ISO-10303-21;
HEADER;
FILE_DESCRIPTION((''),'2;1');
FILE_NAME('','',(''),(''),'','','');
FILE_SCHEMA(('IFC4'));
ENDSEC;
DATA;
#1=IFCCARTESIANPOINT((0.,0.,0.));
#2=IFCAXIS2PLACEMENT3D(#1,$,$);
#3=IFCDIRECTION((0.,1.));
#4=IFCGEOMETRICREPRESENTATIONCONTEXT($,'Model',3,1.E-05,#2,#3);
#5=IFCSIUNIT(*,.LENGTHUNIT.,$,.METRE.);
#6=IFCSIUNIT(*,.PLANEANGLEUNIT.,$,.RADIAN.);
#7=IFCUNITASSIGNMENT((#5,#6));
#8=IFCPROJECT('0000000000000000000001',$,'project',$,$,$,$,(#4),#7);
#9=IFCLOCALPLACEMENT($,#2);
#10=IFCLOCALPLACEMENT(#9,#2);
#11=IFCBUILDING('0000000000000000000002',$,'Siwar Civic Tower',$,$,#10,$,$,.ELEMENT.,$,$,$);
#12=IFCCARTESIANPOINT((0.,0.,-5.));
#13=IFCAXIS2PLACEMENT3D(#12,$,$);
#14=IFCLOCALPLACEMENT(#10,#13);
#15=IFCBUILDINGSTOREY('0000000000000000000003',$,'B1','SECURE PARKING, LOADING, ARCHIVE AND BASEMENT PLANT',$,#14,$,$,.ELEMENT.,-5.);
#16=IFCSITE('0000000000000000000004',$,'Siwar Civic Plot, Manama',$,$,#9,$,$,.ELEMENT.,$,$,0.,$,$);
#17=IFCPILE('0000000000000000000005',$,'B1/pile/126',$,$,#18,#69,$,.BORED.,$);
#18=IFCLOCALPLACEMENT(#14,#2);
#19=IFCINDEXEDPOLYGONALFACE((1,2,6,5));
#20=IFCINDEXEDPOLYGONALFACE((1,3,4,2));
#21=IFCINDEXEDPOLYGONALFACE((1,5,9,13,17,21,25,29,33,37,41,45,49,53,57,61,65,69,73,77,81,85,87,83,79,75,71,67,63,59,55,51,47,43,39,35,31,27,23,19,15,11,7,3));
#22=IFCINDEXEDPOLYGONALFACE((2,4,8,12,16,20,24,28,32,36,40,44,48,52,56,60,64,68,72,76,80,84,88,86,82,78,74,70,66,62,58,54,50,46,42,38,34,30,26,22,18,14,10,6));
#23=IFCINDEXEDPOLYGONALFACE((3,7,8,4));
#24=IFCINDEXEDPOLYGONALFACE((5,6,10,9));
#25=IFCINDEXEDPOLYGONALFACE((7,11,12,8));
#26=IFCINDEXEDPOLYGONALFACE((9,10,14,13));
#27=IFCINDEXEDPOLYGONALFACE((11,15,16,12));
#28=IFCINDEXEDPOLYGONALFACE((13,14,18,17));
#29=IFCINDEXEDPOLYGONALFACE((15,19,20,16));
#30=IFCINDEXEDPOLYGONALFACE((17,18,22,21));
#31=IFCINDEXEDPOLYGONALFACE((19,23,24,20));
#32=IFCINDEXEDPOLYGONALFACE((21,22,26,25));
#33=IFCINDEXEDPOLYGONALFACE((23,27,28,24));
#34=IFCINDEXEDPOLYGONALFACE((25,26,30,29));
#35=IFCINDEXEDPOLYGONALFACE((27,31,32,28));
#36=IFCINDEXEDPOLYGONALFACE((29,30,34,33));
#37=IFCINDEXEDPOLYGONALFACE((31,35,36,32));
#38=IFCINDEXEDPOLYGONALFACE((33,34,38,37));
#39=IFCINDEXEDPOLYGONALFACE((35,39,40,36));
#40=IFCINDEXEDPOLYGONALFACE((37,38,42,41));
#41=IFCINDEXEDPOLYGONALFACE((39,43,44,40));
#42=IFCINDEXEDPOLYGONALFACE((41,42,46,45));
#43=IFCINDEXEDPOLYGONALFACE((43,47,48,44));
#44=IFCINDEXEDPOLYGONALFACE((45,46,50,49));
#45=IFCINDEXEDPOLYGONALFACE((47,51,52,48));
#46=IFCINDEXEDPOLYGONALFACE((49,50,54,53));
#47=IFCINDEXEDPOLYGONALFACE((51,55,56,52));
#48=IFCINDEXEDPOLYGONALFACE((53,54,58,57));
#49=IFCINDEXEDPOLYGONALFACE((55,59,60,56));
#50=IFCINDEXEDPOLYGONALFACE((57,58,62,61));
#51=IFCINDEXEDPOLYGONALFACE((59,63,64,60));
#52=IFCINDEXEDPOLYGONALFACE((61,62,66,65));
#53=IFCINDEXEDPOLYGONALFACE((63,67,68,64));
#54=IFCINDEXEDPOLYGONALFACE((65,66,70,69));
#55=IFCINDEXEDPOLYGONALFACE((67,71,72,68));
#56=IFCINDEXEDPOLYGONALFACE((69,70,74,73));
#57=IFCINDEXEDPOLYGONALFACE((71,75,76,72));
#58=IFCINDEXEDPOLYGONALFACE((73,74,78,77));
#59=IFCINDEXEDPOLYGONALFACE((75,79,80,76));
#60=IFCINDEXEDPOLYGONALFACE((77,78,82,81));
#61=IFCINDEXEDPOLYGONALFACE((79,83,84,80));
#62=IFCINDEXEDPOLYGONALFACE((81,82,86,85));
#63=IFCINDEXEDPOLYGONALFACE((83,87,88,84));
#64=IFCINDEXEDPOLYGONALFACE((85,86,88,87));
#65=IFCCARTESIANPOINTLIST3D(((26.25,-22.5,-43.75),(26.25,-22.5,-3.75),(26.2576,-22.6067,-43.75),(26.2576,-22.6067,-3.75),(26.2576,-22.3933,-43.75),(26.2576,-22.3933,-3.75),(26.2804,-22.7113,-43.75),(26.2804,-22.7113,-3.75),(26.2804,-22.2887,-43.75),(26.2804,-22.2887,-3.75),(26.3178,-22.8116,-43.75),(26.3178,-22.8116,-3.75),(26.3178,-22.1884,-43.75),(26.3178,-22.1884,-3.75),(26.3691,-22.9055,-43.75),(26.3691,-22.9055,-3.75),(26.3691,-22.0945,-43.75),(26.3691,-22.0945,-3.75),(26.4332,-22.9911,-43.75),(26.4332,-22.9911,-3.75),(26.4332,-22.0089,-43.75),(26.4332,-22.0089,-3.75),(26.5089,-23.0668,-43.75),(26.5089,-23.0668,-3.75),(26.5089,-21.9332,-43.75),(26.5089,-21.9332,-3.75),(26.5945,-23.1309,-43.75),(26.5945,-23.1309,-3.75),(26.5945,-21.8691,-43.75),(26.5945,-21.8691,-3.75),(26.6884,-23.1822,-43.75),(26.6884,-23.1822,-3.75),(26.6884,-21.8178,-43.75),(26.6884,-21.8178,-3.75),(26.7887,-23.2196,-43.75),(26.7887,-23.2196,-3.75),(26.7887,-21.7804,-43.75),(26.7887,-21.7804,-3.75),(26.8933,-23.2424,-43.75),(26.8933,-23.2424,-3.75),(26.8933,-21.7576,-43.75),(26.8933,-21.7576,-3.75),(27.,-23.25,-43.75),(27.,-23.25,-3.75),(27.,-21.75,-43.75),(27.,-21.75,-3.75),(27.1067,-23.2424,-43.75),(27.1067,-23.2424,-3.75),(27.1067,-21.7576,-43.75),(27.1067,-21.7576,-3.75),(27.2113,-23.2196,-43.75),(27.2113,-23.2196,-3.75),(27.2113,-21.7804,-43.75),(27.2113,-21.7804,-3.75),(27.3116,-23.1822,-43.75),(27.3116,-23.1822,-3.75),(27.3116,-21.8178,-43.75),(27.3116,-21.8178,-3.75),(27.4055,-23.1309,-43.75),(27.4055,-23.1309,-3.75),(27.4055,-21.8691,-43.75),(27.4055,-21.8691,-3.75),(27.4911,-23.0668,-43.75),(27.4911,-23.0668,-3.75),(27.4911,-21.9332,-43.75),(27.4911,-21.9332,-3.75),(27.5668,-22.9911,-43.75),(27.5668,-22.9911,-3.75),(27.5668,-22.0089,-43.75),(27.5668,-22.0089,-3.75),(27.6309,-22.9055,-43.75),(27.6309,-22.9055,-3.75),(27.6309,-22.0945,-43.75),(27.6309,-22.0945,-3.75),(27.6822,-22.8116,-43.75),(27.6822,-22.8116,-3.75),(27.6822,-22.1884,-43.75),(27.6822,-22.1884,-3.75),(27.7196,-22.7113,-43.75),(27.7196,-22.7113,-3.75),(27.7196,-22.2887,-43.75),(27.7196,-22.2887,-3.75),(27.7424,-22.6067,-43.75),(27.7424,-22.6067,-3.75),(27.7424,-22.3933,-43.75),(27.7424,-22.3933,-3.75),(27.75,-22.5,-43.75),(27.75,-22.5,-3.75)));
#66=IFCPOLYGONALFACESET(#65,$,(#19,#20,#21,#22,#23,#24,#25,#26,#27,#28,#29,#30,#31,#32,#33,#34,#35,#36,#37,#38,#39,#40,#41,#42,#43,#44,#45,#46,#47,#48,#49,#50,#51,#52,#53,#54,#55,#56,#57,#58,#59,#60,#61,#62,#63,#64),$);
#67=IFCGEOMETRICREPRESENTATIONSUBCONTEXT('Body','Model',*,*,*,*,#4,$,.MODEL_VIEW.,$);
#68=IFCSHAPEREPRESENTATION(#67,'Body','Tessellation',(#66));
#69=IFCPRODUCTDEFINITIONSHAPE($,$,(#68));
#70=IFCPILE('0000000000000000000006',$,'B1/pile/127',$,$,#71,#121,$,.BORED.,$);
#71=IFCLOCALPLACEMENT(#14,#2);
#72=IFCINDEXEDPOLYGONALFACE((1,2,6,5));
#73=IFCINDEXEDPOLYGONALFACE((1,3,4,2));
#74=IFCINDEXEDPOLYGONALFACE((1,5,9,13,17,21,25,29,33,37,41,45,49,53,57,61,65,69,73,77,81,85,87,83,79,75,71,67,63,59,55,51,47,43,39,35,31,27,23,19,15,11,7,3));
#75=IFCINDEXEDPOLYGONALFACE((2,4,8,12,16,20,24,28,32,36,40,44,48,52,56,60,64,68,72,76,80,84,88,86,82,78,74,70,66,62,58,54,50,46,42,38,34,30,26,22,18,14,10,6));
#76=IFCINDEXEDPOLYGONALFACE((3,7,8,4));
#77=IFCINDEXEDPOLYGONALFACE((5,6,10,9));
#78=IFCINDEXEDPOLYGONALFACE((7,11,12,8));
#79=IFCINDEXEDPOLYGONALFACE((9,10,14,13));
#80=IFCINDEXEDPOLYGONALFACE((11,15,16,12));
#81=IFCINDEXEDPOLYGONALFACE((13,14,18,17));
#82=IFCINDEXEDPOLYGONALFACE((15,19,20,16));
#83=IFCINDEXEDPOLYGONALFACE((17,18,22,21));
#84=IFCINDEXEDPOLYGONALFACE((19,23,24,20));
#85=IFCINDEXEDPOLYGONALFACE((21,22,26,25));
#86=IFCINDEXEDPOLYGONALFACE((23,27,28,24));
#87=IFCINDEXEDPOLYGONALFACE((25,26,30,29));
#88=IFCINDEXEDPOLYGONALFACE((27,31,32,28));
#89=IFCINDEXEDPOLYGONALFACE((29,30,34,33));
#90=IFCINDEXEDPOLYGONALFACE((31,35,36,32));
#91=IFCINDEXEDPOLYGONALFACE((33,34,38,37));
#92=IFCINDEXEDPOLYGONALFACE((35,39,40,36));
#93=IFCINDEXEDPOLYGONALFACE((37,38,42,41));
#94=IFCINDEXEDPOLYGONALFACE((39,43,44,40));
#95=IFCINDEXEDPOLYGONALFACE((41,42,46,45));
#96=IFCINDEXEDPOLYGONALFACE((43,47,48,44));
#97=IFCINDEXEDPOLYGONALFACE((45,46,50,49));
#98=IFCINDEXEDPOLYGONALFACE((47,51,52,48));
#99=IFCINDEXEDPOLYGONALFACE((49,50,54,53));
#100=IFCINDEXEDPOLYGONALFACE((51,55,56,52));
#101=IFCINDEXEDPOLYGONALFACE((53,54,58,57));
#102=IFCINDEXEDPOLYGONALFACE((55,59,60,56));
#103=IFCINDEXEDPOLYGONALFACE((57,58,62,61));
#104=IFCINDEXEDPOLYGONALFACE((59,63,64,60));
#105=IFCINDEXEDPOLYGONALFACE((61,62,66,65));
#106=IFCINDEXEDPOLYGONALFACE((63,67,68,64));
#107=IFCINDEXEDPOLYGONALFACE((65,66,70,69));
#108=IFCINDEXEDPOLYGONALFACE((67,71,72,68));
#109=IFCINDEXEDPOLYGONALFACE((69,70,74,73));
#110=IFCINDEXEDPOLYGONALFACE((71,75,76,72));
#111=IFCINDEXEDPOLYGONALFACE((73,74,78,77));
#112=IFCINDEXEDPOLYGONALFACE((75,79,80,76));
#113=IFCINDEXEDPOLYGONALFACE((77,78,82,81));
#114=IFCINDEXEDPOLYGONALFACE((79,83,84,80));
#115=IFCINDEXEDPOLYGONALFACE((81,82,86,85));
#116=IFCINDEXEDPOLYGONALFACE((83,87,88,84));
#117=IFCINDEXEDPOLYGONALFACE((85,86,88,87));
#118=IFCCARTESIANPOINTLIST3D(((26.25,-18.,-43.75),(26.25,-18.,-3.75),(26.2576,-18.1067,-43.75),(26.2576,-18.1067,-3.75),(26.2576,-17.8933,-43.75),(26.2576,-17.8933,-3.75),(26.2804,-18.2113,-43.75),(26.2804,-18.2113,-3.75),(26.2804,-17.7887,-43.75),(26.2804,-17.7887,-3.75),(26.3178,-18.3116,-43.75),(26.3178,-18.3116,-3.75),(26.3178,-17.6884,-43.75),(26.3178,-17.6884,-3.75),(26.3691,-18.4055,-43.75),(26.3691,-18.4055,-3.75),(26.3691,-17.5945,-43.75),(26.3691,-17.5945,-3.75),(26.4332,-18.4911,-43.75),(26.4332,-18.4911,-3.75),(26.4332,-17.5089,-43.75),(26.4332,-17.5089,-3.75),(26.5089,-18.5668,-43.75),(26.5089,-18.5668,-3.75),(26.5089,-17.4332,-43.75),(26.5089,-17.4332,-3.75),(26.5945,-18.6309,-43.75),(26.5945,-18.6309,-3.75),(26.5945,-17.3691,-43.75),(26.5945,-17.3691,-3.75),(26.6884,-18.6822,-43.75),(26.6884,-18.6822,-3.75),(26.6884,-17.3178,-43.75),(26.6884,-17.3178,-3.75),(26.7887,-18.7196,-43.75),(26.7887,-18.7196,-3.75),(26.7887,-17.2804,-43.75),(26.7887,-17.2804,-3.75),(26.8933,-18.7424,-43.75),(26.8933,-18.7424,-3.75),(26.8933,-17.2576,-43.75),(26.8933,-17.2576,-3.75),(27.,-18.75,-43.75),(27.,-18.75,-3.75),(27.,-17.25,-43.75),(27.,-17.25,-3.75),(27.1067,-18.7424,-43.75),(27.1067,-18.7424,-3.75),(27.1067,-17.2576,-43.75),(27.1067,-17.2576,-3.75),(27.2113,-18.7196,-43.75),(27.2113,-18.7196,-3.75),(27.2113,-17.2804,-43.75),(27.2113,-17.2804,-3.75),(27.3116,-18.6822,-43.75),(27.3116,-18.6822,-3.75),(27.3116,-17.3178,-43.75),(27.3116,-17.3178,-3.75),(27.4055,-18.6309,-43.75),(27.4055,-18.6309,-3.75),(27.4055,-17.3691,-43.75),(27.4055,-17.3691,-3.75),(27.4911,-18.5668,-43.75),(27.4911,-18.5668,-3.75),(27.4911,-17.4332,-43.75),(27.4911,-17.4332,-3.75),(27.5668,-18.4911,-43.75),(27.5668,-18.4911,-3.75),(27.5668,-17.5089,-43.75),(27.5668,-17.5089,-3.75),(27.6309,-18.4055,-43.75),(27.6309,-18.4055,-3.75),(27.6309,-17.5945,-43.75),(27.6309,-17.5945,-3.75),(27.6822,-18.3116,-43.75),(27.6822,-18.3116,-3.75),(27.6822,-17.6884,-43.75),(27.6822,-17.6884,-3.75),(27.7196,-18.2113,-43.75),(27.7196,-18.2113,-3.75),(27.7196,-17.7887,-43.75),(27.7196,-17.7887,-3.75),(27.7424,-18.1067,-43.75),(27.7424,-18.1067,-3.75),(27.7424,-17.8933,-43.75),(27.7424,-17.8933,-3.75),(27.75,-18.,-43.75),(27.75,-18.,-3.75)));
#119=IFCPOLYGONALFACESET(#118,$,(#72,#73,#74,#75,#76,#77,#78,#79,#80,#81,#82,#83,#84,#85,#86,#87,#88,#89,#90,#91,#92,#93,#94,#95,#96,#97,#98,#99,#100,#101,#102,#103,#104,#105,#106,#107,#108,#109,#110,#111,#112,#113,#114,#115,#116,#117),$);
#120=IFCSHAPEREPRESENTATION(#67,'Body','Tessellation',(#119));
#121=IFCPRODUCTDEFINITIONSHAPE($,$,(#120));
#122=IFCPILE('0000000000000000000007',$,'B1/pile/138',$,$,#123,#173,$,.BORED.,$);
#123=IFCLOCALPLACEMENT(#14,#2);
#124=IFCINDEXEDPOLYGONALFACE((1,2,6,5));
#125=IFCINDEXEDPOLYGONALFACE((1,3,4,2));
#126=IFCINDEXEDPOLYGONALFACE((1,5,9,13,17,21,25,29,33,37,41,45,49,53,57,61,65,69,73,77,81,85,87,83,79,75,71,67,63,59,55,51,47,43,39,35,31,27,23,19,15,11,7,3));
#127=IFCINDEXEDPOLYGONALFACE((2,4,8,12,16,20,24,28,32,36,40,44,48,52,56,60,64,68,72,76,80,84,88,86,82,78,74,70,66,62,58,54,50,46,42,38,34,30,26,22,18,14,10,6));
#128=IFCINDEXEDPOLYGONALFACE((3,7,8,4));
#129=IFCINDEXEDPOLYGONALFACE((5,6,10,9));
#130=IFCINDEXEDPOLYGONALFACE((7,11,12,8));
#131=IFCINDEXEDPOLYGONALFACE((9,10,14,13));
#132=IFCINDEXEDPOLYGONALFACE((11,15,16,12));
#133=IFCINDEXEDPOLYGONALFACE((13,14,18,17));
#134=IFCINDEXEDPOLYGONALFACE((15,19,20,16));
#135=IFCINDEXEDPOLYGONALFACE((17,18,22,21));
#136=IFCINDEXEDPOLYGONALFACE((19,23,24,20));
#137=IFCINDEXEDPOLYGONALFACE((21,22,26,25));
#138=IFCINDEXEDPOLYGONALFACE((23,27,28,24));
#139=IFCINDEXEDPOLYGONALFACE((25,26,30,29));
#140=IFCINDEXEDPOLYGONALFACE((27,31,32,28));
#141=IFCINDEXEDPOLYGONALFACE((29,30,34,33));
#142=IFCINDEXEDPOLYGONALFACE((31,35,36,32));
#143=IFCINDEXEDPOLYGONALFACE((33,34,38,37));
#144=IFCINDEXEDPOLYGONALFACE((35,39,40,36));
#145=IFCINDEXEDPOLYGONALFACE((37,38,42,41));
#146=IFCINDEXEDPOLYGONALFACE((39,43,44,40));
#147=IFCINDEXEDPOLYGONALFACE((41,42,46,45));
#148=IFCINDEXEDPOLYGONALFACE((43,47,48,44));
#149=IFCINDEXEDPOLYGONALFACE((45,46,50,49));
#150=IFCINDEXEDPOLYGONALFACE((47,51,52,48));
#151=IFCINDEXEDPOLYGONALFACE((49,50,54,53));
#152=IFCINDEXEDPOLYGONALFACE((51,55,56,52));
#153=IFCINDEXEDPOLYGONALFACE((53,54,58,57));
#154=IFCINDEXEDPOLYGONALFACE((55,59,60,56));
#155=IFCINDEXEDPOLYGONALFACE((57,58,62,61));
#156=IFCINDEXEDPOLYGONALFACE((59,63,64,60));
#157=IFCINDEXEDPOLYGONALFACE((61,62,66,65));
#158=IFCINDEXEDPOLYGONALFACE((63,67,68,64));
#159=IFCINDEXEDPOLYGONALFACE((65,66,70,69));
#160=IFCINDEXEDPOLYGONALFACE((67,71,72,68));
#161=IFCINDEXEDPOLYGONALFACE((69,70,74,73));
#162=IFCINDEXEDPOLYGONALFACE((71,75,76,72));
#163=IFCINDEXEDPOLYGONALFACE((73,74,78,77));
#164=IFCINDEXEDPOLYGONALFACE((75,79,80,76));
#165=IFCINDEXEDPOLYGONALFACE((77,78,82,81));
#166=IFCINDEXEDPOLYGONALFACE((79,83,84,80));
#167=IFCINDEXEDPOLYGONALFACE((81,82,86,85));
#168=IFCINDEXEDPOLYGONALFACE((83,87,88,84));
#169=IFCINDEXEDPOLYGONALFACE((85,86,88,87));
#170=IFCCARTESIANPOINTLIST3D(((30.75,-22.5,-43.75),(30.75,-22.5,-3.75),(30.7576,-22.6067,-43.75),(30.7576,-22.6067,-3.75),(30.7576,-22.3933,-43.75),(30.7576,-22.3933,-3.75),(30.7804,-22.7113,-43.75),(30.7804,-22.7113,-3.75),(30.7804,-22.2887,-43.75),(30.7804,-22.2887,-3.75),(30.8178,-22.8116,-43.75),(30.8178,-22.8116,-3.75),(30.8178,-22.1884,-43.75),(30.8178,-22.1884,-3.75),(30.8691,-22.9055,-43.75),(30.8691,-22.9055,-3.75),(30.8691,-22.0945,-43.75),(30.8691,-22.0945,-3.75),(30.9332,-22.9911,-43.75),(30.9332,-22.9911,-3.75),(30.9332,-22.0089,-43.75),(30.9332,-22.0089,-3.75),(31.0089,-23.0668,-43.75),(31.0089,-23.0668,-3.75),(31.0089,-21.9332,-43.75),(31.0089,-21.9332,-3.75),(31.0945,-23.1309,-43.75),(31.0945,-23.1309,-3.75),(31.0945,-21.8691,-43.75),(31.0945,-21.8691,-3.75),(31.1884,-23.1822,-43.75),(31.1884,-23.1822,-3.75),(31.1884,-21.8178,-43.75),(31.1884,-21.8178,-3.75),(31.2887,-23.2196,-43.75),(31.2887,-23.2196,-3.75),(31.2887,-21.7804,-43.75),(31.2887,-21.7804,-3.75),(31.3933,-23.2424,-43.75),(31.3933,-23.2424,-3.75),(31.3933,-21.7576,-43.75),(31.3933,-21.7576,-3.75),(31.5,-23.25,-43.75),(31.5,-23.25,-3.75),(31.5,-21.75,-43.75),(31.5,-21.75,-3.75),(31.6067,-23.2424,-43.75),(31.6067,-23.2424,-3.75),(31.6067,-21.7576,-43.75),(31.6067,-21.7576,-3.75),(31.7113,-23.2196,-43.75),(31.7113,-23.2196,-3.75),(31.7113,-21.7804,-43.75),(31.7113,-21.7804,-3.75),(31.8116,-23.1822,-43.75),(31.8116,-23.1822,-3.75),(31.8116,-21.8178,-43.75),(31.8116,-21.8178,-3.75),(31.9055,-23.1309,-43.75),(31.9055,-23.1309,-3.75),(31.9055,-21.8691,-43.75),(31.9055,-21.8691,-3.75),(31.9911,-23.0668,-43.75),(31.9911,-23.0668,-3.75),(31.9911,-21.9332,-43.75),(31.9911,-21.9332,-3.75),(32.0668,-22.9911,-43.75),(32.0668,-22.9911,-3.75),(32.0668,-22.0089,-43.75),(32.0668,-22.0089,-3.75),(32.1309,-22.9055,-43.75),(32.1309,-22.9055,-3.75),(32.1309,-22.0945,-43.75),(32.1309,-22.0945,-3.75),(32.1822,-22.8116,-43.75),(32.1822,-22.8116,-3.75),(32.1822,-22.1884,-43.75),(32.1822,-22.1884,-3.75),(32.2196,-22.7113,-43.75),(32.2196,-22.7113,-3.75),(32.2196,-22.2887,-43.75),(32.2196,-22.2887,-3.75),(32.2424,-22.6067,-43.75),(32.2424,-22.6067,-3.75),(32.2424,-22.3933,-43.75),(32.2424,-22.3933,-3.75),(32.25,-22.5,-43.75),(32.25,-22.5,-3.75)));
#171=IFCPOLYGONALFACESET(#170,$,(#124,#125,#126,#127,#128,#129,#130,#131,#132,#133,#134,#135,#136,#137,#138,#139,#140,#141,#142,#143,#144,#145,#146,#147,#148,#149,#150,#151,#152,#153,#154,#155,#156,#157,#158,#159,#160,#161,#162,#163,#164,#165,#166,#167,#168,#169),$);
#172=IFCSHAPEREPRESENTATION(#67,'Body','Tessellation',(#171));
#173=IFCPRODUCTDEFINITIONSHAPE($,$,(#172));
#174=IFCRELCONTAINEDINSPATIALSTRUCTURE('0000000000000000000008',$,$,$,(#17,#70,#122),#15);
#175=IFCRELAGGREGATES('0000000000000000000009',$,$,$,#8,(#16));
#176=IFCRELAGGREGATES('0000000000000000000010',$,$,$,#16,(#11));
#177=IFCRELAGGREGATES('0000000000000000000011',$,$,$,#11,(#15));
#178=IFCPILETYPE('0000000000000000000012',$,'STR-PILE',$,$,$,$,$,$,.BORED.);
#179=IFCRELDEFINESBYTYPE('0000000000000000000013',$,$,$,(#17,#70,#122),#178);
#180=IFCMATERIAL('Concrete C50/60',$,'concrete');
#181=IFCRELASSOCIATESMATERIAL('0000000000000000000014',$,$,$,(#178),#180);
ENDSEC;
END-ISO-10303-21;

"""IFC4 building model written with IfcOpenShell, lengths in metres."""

from ifc_helpers import new_model, si_unit, direction, frame, origin, origin_2d, place, context, subcontext, project, spatial, circle, extrude, material, material_profile, profile_set, type_object, element, save


model = new_model("IFC4")

# Units and contexts
model_context = context("Model", 3, precision=1e-05, world=origin(), true_north=direction((0.0, 1.0)))
body_context = subcontext(model_context, "Body", "Model", "MODEL_VIEW")
ifc_project = project(units=[si_unit("LENGTHUNIT", "METRE"), si_unit("PLANEANGLEUNIT", "RADIAN")], contexts=[model_context])

# Site, building, storey
site_placement = place(None, origin())
site = spatial("IfcSite", under=ifc_project, at=site_placement, Name="Siwar Civic Plot, Manama", CompositionType="ELEMENT", RefElevation=0.0)
building_placement = place(site_placement, origin())
building = spatial("IfcBuilding", under=site, at=building_placement, Name="Siwar Civic Tower", CompositionType="ELEMENT")
storey_placement = place(building_placement, frame((0.0, 0.0, -5.0)))
storey = spatial("IfcBuildingStorey", under=building, at=storey_placement, Name="B1", Description="SECURE PARKING, LOADING, ARCHIVE AND BASEMENT PLANT", CompositionType="ELEMENT", Elevation=-5.0)

# Piles
ifc_material_1 = material(Name="Concrete C50/60", Category="concrete")
ifc_material_profile_1 = material_profile(ifc_material_1, circle(Radius=0.75, at=origin_2d()), Name="PILE1500")
ifc_profile_set_1 = profile_set([ifc_material_profile_1], Name="Concrete C50/60")
pile_type = type_object("IfcPileType", Name="STR-PILE", PredefinedType="BORED", material=ifc_profile_set_1)
for number, where, z_axis, x_axis, name in (
    (1, (27.0, -22.5, -3.75), (0.0, 0.0, -1.0), (1.0, 0.0, 0.0), "B1/pile/126"),
    (2, (27.0, -18.0, -3.75), (0.0, 0.0, -1.0), (1.0, 0.0, 0.0), "B1/pile/127"),
    (3, (31.5, -22.5, -3.75), (0.0, 0.0, -1.0), (1.0, 0.0, 0.0), "B1/pile/138"),
):
    element("IfcPile", number, at=place(storey_placement, frame(where, z_axis=z_axis, x_axis=x_axis)), inside=storey, type_object=pile_type, Name=name, PredefinedType="BORED", context=body_context, shape_type="SweptSolid", body=[
        extrude(circle(Radius=0.75, at=origin_2d()), origin(), (0.0, 0.0, 1.0), 40.0),
    ])

save(model, "model.ifc")
